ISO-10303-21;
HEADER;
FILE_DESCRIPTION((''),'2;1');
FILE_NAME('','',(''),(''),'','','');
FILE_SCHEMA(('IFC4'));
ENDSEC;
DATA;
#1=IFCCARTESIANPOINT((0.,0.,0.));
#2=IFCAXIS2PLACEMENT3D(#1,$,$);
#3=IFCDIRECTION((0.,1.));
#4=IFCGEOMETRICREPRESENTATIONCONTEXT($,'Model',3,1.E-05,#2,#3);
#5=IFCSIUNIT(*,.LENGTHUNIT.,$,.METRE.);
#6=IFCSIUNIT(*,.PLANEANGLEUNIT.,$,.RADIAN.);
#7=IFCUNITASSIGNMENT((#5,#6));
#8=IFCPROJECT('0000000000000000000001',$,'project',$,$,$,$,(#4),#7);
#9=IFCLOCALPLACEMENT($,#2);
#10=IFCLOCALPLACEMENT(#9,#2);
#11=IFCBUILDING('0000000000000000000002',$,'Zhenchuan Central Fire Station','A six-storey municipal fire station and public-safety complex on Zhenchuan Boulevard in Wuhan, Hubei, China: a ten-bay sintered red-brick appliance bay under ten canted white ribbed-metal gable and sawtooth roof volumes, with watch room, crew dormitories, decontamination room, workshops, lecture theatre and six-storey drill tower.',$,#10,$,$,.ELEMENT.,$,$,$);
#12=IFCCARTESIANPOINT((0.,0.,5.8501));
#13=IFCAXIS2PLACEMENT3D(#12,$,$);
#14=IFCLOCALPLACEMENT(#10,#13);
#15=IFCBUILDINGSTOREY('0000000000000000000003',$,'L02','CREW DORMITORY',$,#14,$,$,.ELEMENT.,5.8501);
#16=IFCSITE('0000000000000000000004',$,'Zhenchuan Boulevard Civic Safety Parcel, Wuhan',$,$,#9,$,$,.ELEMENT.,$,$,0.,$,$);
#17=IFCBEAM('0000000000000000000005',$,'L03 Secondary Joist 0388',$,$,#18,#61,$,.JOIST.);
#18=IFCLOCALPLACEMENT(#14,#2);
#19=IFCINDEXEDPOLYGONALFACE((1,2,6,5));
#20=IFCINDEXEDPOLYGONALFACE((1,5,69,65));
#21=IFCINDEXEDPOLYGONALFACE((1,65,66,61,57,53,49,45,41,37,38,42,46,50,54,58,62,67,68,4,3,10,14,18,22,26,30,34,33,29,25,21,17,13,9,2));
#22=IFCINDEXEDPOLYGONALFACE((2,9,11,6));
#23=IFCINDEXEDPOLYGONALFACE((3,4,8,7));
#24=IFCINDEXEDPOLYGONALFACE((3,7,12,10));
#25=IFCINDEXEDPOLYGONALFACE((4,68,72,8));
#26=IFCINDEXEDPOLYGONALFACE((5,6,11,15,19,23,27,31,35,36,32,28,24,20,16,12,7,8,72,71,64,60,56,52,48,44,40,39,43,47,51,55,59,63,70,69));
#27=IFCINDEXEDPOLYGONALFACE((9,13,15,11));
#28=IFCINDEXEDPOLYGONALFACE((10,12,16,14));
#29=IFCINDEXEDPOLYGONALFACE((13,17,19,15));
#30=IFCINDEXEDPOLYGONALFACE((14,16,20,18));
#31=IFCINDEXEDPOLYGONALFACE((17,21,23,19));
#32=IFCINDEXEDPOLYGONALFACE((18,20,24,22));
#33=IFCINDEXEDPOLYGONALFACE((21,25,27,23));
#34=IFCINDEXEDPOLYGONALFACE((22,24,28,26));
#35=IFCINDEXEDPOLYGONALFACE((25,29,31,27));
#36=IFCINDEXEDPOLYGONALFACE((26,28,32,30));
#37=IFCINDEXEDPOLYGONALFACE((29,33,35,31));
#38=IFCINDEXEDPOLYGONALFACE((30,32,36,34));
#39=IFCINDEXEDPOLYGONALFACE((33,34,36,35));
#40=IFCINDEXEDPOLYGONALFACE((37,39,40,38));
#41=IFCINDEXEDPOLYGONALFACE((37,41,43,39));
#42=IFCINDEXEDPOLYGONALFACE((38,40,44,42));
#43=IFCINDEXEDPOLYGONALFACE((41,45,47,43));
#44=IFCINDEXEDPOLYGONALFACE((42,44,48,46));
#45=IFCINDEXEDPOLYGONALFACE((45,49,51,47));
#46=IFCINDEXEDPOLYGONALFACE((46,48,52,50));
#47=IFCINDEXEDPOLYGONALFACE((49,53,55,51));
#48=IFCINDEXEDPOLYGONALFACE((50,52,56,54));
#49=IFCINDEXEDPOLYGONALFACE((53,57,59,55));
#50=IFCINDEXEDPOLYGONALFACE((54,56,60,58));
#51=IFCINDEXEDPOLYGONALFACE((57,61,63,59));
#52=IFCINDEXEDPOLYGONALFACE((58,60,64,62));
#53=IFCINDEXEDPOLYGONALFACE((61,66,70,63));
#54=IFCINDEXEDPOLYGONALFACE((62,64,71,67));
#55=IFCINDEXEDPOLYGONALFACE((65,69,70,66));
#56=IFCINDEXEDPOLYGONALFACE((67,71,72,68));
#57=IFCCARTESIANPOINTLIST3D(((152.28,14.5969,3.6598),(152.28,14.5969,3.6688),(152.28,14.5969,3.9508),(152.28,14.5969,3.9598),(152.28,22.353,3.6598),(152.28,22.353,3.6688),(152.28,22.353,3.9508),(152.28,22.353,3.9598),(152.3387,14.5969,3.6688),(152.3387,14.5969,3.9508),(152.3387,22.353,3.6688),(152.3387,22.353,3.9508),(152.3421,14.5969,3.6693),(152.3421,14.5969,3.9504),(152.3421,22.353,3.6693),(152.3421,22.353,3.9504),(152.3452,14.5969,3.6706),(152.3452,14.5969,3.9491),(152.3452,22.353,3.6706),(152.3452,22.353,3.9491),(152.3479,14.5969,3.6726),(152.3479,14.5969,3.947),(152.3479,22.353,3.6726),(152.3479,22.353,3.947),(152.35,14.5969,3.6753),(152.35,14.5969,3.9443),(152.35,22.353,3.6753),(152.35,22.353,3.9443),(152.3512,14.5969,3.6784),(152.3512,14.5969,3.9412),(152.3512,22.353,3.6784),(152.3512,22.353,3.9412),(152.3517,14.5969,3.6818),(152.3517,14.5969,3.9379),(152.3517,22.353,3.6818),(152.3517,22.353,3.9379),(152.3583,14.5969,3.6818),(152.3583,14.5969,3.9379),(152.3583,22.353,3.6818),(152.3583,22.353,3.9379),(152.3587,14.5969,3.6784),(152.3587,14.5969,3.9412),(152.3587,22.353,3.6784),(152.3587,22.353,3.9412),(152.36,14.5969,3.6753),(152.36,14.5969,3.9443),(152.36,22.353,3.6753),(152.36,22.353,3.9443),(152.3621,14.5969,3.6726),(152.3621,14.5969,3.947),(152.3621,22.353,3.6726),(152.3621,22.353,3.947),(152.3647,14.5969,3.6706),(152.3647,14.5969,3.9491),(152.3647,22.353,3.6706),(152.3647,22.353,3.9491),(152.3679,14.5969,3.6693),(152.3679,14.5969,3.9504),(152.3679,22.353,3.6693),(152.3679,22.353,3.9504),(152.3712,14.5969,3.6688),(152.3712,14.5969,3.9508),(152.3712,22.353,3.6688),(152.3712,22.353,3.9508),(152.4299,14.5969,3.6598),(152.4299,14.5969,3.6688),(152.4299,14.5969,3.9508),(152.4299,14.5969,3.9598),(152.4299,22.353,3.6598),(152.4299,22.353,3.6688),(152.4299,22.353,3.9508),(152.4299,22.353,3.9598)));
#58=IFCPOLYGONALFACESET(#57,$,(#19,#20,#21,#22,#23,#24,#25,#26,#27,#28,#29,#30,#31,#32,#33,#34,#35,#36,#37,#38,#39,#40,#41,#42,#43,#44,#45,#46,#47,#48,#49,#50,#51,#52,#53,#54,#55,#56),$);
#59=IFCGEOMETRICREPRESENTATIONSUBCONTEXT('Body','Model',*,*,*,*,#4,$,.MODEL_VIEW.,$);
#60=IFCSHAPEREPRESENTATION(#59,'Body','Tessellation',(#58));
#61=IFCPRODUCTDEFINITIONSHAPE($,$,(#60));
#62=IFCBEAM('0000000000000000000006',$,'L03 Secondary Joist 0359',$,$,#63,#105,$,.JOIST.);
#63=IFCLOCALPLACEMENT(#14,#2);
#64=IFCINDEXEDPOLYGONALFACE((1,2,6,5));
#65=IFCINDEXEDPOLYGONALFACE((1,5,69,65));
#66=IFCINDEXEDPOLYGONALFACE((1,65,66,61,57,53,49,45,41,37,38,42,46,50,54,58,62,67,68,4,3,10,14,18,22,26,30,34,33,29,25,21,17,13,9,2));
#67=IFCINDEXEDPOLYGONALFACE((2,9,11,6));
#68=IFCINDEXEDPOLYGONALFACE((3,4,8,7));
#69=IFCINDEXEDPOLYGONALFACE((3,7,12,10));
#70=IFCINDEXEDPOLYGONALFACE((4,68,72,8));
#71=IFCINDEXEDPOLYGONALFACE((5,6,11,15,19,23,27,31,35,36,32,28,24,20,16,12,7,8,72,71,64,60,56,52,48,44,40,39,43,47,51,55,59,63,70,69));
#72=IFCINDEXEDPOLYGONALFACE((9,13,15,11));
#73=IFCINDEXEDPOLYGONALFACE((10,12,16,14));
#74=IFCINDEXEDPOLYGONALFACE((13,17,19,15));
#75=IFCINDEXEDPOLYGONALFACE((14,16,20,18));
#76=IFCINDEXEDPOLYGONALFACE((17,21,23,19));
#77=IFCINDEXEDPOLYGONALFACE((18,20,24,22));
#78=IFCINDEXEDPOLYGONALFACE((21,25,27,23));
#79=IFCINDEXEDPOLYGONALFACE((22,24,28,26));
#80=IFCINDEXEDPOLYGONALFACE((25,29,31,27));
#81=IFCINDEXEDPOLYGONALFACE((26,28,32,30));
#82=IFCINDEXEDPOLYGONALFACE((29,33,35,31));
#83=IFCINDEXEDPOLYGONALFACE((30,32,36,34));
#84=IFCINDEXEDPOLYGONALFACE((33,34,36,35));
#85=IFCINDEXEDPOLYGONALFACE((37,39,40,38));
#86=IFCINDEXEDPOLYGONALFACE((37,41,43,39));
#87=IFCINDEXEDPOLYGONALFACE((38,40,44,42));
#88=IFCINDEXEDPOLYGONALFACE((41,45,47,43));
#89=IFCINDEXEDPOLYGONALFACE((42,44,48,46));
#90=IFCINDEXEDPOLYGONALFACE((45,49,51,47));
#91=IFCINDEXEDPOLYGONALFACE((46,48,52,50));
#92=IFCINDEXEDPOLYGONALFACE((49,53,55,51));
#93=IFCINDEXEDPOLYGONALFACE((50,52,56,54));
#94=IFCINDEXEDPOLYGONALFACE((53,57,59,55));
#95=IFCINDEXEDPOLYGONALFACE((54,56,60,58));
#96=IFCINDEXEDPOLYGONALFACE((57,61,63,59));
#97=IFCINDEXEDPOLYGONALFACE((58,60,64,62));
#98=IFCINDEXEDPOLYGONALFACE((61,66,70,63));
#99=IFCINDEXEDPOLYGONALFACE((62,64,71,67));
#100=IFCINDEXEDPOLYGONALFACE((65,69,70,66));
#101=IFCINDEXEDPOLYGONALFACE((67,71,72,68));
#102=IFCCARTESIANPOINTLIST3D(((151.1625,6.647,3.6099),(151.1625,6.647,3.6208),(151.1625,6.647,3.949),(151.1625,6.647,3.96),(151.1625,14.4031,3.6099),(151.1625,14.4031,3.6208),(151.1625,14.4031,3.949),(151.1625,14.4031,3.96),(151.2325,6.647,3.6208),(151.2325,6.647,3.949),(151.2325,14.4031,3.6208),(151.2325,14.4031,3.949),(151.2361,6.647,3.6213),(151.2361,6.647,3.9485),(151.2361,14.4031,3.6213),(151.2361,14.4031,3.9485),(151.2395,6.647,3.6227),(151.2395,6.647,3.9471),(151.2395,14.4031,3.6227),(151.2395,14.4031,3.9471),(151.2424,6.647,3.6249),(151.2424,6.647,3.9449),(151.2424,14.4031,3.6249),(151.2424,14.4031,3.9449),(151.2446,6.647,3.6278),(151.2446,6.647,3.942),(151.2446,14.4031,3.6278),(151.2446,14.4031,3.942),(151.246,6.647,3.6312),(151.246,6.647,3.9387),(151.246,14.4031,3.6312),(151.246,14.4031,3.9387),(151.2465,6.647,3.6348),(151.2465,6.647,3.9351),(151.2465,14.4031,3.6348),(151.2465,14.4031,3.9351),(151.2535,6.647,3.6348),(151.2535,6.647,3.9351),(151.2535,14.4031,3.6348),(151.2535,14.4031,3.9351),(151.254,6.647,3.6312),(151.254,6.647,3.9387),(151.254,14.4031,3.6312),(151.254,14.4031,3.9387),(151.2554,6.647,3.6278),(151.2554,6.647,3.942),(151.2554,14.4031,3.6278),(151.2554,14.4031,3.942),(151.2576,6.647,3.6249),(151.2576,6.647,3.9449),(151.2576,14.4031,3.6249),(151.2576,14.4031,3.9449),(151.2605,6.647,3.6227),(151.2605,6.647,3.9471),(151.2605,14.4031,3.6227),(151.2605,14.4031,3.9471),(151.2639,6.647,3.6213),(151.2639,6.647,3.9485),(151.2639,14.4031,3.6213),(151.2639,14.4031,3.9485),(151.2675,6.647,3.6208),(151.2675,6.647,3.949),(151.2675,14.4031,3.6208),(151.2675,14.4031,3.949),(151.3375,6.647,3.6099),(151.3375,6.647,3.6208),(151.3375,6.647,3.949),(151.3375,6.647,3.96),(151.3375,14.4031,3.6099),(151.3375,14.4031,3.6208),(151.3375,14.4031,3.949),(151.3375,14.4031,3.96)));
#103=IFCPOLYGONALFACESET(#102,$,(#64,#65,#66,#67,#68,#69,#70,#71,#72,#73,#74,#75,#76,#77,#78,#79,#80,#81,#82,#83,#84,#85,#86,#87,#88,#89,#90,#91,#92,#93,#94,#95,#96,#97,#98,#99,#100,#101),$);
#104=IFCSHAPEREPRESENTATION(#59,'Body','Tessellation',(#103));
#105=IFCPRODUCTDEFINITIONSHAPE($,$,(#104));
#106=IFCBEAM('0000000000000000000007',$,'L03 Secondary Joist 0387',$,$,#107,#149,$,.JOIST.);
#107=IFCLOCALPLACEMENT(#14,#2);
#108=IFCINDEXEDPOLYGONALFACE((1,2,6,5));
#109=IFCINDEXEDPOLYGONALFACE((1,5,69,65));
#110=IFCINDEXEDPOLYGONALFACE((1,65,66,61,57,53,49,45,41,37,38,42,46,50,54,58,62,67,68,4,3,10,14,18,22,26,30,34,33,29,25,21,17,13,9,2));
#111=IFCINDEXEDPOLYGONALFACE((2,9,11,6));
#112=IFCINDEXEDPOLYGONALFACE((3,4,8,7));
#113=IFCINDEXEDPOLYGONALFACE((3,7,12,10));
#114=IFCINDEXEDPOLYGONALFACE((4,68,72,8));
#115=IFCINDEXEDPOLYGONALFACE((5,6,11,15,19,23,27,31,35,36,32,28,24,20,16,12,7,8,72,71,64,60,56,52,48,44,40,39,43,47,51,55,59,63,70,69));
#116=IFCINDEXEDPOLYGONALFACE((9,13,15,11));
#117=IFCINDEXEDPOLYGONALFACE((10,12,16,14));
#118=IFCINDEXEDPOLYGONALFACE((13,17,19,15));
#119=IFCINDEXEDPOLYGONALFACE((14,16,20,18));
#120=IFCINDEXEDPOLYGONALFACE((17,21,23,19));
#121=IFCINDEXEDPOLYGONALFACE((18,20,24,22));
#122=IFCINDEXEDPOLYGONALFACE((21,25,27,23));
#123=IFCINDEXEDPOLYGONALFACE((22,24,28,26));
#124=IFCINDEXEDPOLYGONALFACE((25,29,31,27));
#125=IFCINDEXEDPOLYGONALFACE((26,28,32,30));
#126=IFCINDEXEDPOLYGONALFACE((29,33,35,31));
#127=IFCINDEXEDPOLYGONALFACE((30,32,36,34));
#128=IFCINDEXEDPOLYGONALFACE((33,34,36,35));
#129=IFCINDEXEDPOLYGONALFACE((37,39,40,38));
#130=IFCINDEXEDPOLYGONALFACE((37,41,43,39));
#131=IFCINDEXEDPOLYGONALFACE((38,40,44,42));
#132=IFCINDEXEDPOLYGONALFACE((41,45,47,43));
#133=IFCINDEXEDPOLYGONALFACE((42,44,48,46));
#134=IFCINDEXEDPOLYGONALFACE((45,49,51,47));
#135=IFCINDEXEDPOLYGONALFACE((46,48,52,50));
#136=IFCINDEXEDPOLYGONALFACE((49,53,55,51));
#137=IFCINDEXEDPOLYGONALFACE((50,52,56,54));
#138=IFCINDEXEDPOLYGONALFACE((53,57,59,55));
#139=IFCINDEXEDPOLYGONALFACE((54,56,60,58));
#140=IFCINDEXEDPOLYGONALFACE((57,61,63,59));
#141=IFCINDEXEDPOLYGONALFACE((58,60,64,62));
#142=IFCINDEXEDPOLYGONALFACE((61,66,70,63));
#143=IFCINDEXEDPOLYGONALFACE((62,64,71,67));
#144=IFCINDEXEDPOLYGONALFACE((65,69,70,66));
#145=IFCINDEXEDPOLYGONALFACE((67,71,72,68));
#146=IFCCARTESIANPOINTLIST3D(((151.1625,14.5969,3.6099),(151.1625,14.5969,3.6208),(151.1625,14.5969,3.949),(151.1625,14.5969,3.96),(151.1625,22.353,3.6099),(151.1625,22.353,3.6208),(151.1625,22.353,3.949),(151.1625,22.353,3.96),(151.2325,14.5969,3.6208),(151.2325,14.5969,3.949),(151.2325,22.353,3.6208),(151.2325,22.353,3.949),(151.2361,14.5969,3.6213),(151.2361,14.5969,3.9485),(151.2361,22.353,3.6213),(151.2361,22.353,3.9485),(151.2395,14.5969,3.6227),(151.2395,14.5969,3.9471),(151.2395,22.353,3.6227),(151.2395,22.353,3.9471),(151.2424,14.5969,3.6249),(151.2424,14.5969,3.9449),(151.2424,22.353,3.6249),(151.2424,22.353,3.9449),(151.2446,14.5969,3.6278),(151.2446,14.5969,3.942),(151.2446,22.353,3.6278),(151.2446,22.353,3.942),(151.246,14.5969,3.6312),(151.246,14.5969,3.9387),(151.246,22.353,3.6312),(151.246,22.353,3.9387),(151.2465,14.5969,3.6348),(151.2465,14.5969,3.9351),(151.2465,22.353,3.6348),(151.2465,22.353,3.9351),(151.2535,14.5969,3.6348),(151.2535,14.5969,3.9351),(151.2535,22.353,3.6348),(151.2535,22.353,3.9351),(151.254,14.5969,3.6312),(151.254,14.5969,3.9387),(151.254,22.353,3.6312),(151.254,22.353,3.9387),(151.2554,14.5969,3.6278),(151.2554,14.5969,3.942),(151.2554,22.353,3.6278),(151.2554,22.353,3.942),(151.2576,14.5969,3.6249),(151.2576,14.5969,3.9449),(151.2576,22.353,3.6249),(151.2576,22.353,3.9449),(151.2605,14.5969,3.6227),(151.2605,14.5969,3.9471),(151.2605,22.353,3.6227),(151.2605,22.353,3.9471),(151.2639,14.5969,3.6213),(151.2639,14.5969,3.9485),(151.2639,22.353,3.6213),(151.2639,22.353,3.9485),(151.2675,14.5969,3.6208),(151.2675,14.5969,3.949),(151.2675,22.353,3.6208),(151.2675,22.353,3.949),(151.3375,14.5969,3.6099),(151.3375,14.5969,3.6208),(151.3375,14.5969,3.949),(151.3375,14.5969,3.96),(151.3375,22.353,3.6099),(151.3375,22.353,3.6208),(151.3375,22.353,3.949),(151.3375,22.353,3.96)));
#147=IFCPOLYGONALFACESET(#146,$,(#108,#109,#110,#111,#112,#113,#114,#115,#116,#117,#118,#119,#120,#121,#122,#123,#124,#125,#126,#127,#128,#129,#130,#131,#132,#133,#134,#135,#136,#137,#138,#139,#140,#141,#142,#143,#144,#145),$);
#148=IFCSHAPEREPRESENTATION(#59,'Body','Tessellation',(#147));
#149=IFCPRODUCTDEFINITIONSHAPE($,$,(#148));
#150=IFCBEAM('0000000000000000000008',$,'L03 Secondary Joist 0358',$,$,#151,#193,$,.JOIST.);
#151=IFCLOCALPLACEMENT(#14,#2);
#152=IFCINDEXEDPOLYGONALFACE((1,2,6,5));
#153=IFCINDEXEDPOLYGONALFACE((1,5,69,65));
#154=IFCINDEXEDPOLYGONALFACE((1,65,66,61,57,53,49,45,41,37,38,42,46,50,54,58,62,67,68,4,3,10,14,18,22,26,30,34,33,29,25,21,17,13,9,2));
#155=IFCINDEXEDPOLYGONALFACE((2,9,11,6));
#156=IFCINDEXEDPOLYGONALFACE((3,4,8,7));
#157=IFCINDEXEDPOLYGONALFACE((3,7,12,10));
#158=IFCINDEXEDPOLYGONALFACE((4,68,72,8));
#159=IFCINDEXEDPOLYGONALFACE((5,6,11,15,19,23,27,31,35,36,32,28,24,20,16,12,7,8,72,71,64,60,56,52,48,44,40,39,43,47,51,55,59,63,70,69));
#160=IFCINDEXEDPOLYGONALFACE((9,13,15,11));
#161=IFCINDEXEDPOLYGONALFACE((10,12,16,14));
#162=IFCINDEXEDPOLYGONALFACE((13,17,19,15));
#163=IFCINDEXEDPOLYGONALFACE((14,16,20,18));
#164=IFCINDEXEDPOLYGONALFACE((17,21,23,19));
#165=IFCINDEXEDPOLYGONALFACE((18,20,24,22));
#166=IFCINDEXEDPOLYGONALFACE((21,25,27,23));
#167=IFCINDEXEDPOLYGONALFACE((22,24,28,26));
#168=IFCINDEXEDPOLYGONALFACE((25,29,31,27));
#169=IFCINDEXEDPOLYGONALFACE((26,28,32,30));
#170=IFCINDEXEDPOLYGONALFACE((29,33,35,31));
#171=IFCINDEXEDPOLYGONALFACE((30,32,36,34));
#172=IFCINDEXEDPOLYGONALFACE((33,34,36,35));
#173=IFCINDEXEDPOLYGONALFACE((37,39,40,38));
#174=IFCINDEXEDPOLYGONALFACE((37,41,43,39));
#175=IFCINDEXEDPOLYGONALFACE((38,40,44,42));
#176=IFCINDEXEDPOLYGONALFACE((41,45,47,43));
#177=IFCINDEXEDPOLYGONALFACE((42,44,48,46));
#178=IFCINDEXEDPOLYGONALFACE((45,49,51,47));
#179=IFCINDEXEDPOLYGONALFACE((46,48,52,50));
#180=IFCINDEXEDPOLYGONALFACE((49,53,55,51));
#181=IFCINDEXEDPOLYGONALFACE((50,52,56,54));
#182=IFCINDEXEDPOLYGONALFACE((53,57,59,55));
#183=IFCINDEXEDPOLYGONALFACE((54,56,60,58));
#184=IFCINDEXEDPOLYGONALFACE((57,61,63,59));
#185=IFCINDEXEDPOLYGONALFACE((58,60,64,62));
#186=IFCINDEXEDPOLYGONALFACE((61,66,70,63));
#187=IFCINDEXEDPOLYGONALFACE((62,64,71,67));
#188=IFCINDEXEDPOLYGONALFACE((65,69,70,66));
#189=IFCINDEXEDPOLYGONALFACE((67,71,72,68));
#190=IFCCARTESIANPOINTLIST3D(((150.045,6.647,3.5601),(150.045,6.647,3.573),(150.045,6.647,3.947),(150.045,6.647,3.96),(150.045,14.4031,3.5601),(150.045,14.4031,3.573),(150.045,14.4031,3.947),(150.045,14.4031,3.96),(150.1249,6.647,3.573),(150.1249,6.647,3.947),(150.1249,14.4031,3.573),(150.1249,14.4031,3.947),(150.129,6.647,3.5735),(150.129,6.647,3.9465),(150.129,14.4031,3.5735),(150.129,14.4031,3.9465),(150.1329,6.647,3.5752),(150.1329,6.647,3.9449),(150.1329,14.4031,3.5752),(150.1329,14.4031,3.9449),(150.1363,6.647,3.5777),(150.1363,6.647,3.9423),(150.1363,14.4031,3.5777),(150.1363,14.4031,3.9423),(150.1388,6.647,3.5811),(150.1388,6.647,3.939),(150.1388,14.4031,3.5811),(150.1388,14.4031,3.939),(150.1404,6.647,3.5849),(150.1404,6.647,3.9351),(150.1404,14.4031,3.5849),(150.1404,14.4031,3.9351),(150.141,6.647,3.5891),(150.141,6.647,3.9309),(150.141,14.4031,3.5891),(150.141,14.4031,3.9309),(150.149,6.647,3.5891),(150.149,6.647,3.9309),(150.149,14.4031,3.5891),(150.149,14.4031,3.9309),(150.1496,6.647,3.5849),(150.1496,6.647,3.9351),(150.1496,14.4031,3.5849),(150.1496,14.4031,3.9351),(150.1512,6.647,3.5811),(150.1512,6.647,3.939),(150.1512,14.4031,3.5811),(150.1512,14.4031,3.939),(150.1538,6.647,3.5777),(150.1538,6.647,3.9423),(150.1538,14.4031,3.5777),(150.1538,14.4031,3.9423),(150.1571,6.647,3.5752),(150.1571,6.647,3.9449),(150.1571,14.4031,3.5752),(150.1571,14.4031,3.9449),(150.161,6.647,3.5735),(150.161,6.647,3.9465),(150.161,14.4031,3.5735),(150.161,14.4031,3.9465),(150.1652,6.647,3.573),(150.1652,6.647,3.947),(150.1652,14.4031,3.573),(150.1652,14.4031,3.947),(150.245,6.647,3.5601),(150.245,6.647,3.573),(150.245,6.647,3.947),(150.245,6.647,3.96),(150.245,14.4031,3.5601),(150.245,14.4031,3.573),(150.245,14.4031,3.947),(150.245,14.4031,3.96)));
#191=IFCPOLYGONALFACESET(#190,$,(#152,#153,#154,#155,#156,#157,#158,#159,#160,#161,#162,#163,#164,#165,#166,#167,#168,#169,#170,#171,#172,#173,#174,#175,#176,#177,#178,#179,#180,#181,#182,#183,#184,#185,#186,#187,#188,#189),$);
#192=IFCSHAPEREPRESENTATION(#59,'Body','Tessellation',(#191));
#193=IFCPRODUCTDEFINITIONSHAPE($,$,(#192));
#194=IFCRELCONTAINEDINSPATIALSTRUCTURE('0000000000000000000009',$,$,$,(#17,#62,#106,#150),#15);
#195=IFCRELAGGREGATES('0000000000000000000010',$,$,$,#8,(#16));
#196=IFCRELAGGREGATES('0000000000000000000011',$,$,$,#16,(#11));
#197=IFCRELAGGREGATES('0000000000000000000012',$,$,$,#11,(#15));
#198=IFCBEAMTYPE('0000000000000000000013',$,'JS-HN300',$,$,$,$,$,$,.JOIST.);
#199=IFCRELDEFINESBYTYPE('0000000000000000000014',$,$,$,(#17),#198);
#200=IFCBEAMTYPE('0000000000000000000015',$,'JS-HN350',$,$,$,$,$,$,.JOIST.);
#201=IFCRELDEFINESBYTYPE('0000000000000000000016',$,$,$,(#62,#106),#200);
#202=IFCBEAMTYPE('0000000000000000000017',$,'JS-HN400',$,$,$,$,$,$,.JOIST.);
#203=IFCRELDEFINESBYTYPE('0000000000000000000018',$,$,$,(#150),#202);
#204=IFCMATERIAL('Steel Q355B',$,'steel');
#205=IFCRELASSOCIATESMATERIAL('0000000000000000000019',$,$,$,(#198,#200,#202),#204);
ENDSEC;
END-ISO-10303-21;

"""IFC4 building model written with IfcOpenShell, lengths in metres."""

from ifc_helpers import new_model, si_unit, direction, frame, origin, origin_2d, place, context, subcontext, project, spatial, i_section, extrude, material, material_profile, profile_set, type_object, element, save


model = new_model("IFC4")

# Units and contexts
model_context = context("Model", 3, precision=1e-05, world=origin(), true_north=direction((0.0, 1.0)))
body_context = subcontext(model_context, "Body", "Model", "MODEL_VIEW")
ifc_project = project(units=[si_unit("LENGTHUNIT", "METRE"), si_unit("PLANEANGLEUNIT", "RADIAN")], contexts=[model_context])

# Site, building, storey
site_placement = place(None, origin())
site = spatial("IfcSite", under=ifc_project, at=site_placement, Name="Zhenchuan Boulevard Civic Safety Parcel, Wuhan", CompositionType="ELEMENT", RefElevation=0.0)
building_placement = place(site_placement, origin())
building = spatial("IfcBuilding", under=site, at=building_placement, Name="Zhenchuan Central Fire Station", Description="A six-storey municipal fire station and public-safety complex on Zhenchuan Boulevard in Wuhan, Hubei, China: a ten-bay sintered red-brick appliance bay under ten canted white ribbed-metal gable and sawtooth roof volumes, with watch room, crew dormitories, decontamination room, workshops, lecture theatre and six-storey drill tower.", CompositionType="ELEMENT")
storey_placement = place(building_placement, frame((0.0, 0.0, 5.8501)))
storey = spatial("IfcBuildingStorey", under=building, at=storey_placement, Name="L02", Description="CREW DORMITORY", CompositionType="ELEMENT", Elevation=5.8501)

# Shared definitions
ifc_material_1 = material(Name="Steel Q355B", Category="steel")

# Beams
ifc_material_profile_1 = material_profile(ifc_material_1, i_section(OverallWidth=0.1499, OverallDepth=0.3, WebThickness=0.0066, FlangeThickness=0.009, FilletRadius=0.0129, at=origin_2d()), Name="HN 300x150")
ifc_profile_set_1 = profile_set([ifc_material_profile_1], Name="Steel Q355B")
beam_type_1 = type_object("IfcBeamType", Name="JS-HN300", PredefinedType="JOIST", material=ifc_profile_set_1)
for number, where, z_axis, x_axis, name in (
    (1, (152.355, 14.5969, 3.8098), (0.0, 1.0, 0.0), (-1.0, 0.0, 0.0), "L03 Secondary Joist 0388"),
):
    element("IfcBeam", number, at=place(storey_placement, frame(where, z_axis=z_axis, x_axis=x_axis)), inside=storey, type_object=beam_type_1, Name=name, PredefinedType="JOIST", context=body_context, shape_type="SweptSolid", body=[
        extrude(i_section(OverallWidth=0.1499, OverallDepth=0.3, WebThickness=0.0066, FlangeThickness=0.009, FilletRadius=0.0129, at=origin_2d()), origin(), (0.0, 0.0, 1.0), 7.7561),
    ])
ifc_material_profile_2 = material_profile(ifc_material_1, i_section(OverallWidth=0.175, OverallDepth=0.3501, WebThickness=0.0071, FlangeThickness=0.011, FilletRadius=0.0139, at=origin_2d()), Name="HN 350x175")
ifc_profile_set_2 = profile_set([ifc_material_profile_2], Name="Steel Q355B")
beam_type_2 = type_object("IfcBeamType", Name="JS-HN350", PredefinedType="JOIST", material=ifc_profile_set_2)
for number, where, z_axis, x_axis, name in (
    (2, (151.25, 6.647, 3.7849), (0.0, 1.0, 0.0), (-1.0, 0.0, 0.0), "L03 Secondary Joist 0359"),
    (3, (151.25, 14.5969, 3.7849), (0.0, 1.0, 0.0), (-1.0, 0.0, 0.0), "L03 Secondary Joist 0387"),
):
    element("IfcBeam", number, at=place(storey_placement, frame(where, z_axis=z_axis, x_axis=x_axis)), inside=storey, type_object=beam_type_2, Name=name, PredefinedType="JOIST", context=body_context, shape_type="SweptSolid", body=[
        extrude(i_section(OverallWidth=0.175, OverallDepth=0.3501, WebThickness=0.0071, FlangeThickness=0.011, FilletRadius=0.0139, at=origin_2d()), origin(), (0.0, 0.0, 1.0), 7.7561),
    ])
ifc_material_profile_3 = material_profile(ifc_material_1, i_section(OverallWidth=0.2, OverallDepth=0.3999, WebThickness=0.0081, FlangeThickness=0.0129, FilletRadius=0.0161, at=origin_2d()), Name="HN 400x200")
ifc_profile_set_3 = profile_set([ifc_material_profile_3], Name="Steel Q355B")
beam_type_3 = type_object("IfcBeamType", Name="JS-HN400", PredefinedType="JOIST", material=ifc_profile_set_3)
for number, where, z_axis, x_axis, name in (
    (4, (150.145, 6.647, 3.76), (0.0, 1.0, 0.0), (-1.0, 0.0, 0.0), "L03 Secondary Joist 0358"),
):
    element("IfcBeam", number, at=place(storey_placement, frame(where, z_axis=z_axis, x_axis=x_axis)), inside=storey, type_object=beam_type_3, Name=name, PredefinedType="JOIST", context=body_context, shape_type="SweptSolid", body=[
        extrude(i_section(OverallWidth=0.2, OverallDepth=0.3999, WebThickness=0.0081, FlangeThickness=0.0129, FilletRadius=0.0161, at=origin_2d()), origin(), (0.0, 0.0, 1.0), 7.7561),
    ])

save(model, "model.ifc")
